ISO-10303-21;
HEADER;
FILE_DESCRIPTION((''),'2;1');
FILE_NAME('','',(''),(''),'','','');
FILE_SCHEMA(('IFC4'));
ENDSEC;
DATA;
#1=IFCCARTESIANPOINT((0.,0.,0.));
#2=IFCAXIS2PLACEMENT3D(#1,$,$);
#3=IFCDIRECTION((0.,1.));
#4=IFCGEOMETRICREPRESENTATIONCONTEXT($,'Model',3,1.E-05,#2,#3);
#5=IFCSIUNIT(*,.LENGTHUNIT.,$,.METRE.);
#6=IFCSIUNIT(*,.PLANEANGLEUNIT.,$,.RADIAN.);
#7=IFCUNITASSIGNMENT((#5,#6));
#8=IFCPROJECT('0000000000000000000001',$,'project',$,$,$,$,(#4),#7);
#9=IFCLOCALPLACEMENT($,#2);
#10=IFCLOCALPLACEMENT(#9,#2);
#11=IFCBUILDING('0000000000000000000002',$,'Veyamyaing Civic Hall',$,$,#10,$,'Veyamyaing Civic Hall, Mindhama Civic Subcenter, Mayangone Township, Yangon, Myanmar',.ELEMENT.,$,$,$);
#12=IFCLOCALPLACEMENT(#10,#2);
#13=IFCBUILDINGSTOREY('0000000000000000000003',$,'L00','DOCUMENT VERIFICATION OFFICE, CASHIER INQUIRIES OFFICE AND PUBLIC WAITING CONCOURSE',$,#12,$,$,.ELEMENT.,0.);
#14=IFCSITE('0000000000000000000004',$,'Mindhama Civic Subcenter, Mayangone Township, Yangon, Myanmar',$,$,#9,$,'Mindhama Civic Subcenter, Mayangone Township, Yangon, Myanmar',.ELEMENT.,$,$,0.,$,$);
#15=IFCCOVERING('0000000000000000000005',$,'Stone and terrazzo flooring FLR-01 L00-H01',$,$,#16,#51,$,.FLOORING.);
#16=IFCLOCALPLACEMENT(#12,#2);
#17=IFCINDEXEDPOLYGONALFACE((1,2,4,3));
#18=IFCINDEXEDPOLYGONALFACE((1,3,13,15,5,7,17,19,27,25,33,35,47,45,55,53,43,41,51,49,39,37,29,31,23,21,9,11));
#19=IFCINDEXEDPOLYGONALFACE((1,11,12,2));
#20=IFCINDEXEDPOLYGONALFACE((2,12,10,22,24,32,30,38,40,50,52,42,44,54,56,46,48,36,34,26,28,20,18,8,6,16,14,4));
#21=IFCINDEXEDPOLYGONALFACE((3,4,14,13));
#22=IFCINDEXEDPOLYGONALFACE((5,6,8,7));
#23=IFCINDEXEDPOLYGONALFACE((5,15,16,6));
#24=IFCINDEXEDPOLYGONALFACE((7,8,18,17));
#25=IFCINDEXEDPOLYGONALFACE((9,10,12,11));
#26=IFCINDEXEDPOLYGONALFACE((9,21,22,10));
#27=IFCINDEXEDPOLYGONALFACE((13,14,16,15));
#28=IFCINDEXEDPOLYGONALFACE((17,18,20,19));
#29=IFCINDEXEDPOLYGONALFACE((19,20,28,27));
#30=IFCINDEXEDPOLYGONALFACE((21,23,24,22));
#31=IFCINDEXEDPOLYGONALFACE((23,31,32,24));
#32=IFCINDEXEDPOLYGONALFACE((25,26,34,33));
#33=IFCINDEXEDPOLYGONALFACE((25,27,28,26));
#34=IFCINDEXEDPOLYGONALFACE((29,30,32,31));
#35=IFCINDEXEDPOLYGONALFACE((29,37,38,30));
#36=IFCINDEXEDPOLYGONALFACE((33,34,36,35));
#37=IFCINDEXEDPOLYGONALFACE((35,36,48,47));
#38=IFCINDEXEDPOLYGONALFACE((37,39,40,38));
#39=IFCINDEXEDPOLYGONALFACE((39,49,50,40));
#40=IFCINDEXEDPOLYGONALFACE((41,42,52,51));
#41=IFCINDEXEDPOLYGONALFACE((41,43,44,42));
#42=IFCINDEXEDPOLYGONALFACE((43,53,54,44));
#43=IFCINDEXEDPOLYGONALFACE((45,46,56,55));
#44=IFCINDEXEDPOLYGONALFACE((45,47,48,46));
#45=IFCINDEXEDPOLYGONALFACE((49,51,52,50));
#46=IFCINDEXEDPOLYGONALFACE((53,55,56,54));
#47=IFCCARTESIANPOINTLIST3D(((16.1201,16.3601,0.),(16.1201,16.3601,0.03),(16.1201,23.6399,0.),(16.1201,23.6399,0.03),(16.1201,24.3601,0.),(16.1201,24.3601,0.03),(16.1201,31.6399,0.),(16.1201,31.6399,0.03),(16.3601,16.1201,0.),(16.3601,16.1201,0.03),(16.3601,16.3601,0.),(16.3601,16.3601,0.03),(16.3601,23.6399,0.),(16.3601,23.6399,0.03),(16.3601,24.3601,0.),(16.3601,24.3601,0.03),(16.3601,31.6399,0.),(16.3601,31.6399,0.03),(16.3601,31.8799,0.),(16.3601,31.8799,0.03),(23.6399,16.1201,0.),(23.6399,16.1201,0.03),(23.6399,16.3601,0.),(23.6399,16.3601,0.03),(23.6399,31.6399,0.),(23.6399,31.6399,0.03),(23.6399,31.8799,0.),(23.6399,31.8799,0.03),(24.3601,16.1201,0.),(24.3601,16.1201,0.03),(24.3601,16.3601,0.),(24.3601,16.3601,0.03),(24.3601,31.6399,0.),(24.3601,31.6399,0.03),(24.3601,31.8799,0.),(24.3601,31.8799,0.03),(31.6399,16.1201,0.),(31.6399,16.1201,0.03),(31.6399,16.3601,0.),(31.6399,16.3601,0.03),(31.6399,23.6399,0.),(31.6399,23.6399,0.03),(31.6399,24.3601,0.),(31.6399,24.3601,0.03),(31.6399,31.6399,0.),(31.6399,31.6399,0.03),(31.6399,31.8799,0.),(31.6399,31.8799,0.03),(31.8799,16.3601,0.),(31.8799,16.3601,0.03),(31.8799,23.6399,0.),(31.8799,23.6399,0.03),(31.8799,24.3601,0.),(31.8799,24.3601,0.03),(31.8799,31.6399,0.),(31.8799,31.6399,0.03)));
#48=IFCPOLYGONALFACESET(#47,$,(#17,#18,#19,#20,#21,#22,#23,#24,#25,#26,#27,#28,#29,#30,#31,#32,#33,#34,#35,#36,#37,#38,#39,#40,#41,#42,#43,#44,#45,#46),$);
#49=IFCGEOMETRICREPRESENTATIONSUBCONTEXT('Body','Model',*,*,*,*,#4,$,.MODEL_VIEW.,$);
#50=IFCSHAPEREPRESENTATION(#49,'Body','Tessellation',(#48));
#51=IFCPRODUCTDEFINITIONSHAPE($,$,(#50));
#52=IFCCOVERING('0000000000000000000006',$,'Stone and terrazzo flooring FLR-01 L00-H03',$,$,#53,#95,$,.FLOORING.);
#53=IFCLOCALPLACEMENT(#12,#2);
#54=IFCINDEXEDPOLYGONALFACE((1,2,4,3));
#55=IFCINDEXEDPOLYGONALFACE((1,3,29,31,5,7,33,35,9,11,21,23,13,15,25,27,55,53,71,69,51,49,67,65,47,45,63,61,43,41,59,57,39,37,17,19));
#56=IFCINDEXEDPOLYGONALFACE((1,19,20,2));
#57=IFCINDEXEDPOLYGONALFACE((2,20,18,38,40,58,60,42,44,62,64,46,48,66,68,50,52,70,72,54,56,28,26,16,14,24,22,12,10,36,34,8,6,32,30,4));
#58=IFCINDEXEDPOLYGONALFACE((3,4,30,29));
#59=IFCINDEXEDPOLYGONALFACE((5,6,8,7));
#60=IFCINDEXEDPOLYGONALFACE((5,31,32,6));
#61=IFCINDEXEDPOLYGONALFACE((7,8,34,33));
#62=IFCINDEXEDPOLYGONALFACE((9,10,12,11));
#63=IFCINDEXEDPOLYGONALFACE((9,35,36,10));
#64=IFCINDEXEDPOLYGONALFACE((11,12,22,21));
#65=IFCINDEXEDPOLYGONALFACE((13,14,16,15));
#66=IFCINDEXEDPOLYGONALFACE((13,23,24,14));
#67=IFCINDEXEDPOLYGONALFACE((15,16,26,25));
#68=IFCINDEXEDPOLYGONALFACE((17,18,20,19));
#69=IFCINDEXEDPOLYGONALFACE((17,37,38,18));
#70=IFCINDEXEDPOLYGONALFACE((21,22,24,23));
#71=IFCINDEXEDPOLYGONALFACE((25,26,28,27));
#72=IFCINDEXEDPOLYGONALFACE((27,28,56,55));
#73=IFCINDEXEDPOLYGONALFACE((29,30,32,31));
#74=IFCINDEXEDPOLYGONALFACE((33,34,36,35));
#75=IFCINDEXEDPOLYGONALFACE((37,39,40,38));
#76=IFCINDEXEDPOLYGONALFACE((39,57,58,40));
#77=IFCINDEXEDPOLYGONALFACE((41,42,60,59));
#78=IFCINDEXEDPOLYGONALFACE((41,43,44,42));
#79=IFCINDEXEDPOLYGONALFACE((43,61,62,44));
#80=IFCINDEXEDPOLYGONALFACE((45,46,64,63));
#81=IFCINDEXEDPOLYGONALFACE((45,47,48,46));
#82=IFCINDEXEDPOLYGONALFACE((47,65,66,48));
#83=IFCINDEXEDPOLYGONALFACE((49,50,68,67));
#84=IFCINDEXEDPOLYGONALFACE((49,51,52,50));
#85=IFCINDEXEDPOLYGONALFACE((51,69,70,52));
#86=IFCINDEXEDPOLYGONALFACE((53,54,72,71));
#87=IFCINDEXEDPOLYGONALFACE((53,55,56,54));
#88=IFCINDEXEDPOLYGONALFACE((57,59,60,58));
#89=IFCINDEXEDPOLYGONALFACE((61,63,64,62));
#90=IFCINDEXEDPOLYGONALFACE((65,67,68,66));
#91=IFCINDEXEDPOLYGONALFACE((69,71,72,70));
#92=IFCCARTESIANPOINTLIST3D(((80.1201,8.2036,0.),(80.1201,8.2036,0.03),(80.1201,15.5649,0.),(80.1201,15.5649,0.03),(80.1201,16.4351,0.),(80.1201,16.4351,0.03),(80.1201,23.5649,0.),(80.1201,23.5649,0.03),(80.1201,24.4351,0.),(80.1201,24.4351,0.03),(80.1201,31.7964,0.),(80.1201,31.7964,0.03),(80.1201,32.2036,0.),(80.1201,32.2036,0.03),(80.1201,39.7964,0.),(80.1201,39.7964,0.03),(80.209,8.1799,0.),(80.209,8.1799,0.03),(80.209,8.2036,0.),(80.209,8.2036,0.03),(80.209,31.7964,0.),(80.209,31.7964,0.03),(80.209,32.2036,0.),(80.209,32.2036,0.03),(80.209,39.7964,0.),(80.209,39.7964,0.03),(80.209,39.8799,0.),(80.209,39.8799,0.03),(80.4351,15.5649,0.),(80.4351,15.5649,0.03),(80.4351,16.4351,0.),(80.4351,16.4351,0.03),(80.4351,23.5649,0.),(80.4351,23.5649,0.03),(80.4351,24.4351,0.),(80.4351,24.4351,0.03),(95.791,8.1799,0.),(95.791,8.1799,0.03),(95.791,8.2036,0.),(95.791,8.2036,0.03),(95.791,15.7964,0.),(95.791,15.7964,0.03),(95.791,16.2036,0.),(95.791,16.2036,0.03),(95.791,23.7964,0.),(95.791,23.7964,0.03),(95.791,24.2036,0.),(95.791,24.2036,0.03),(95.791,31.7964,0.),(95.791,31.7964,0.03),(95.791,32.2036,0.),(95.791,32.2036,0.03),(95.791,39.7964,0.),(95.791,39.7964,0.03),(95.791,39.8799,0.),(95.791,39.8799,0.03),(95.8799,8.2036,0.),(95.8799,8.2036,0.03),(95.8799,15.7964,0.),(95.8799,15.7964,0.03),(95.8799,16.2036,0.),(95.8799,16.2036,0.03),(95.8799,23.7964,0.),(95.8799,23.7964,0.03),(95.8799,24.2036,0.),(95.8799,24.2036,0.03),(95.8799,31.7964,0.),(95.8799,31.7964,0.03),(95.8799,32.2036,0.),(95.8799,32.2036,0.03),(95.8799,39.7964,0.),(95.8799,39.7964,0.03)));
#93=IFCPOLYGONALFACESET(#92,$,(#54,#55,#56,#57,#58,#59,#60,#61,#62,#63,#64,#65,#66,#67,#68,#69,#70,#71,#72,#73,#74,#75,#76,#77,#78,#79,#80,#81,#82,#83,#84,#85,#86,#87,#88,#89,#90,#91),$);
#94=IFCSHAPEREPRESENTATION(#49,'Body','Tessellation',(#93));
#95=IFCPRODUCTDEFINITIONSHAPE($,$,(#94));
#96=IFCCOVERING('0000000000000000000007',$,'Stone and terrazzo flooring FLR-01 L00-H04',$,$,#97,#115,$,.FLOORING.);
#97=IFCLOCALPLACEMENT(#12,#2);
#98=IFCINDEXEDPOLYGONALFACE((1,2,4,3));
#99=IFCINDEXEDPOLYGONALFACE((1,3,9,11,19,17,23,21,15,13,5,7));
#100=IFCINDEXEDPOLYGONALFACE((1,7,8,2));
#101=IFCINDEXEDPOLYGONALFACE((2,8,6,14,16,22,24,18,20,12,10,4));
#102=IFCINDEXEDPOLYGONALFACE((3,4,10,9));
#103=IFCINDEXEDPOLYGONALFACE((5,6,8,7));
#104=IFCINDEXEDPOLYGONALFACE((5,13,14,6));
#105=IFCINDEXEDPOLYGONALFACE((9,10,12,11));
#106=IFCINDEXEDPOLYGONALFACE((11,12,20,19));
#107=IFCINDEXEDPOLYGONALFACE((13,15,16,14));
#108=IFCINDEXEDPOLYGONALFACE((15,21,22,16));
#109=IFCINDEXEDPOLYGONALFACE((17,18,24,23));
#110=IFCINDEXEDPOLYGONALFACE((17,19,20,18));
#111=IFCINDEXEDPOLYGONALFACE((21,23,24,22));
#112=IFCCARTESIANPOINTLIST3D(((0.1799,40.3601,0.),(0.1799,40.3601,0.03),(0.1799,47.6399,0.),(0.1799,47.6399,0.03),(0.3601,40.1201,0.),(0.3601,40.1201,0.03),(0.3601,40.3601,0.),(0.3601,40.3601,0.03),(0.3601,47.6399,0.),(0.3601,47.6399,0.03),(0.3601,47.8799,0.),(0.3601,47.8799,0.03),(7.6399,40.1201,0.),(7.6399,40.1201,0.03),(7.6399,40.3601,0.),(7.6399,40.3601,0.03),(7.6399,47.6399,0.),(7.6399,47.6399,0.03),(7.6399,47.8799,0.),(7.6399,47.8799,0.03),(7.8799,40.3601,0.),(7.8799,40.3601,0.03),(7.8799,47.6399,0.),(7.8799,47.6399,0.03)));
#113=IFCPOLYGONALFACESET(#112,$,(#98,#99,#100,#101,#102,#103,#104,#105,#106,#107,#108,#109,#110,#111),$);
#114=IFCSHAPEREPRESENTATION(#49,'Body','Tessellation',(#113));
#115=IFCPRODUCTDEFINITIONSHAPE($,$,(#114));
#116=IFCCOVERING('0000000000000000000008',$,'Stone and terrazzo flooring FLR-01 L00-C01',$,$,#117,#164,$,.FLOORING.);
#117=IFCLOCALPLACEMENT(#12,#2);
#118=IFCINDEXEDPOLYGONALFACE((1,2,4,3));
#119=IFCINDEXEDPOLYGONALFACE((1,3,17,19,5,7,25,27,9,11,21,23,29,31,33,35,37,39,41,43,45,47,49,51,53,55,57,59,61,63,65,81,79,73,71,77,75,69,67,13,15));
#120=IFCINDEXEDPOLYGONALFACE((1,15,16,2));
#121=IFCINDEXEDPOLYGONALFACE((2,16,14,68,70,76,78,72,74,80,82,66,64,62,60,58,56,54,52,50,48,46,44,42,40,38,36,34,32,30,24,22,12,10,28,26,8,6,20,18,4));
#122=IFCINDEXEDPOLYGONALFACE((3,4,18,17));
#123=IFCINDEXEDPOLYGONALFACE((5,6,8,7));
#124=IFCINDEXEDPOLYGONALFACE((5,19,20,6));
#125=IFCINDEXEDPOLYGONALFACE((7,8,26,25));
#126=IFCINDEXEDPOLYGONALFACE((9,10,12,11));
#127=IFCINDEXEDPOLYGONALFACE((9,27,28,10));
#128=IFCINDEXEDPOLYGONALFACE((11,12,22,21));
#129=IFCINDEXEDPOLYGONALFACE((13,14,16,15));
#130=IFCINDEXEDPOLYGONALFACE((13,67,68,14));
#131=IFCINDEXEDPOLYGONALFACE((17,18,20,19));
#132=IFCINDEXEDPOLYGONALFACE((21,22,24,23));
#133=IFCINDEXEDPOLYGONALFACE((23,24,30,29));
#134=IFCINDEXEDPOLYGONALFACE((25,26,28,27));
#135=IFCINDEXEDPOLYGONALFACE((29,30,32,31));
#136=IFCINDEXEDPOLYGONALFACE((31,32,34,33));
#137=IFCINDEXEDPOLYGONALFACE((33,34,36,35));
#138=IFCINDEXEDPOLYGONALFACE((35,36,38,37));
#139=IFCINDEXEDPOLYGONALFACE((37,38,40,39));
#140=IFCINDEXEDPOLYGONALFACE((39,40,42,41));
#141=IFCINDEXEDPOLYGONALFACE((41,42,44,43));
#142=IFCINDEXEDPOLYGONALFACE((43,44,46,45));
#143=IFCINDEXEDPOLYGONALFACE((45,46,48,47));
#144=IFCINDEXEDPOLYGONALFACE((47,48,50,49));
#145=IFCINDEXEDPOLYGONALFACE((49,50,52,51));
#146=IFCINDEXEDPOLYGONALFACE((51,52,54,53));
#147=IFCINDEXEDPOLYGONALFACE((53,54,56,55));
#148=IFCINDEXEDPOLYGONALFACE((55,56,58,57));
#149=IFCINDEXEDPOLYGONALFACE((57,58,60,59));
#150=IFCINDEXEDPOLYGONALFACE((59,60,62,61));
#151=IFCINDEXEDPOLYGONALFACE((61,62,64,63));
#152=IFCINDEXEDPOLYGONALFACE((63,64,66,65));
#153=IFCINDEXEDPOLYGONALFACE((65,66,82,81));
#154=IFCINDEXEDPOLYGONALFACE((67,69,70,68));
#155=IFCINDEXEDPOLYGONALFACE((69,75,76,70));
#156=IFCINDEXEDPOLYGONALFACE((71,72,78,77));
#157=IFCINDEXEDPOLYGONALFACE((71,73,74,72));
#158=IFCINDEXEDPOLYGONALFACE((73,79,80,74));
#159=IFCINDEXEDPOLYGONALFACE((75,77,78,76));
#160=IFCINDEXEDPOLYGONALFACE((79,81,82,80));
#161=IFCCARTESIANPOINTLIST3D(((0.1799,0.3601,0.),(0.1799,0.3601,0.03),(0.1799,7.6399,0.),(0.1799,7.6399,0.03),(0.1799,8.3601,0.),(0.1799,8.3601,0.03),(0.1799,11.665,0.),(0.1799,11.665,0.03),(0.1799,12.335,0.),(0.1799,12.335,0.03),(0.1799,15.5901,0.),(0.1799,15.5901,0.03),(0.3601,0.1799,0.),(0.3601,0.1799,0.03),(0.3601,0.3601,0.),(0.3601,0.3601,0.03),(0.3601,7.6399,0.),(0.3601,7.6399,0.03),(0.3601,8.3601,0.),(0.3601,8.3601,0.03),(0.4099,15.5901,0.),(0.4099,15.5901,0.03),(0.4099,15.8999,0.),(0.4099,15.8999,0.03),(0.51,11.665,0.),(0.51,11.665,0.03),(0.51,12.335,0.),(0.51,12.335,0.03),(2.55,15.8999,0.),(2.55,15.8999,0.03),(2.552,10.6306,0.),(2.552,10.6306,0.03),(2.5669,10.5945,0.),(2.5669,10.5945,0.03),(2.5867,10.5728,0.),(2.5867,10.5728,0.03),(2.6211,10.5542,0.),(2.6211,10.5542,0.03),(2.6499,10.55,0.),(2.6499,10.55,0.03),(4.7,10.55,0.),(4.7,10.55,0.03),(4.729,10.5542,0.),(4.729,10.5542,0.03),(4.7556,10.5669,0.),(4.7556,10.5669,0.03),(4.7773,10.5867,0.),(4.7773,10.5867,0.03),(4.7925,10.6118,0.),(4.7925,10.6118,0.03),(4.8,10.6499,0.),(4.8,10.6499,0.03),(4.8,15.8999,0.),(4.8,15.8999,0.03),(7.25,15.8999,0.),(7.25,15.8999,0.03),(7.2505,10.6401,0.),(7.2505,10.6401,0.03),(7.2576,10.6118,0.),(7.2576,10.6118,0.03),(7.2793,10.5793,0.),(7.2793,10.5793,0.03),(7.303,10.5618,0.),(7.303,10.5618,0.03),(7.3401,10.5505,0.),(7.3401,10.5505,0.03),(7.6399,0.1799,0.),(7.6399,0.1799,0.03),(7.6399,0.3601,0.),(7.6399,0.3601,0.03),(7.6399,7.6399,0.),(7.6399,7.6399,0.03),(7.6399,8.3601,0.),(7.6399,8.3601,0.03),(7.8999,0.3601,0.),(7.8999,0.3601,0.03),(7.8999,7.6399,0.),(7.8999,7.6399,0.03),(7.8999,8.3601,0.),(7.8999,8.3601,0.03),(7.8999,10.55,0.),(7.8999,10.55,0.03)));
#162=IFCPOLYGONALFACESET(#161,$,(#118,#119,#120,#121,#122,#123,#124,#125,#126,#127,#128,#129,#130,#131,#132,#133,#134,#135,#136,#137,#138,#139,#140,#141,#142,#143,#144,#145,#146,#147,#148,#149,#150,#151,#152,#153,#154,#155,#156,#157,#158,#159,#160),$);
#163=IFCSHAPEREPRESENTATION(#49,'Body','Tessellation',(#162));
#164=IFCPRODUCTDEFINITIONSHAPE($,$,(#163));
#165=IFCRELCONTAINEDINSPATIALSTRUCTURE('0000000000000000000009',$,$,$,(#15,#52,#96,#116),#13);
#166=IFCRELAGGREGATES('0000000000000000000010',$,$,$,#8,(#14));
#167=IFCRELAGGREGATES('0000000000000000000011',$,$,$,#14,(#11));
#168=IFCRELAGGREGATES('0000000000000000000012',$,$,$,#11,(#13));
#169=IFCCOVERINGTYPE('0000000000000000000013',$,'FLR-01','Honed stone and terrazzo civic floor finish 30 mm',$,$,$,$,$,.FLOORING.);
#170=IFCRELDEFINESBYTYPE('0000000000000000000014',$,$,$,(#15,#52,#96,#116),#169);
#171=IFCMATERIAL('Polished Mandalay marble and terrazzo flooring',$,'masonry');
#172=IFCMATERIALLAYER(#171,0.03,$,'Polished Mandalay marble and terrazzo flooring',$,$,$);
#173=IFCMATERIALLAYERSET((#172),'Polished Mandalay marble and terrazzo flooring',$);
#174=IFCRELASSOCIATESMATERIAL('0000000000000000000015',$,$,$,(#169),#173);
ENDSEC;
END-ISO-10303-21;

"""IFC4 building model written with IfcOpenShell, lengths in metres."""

from ifc_helpers import new_model, si_unit, direction, origin, place, context, subcontext, project, spatial, polyline, outline, extrude, material, layer, layer_set, type_object, element, save


model = new_model("IFC4")

# Units and contexts
model_context = context("Model", 3, precision=1e-05, world=origin(), true_north=direction((0.0, 1.0)))
body_context = subcontext(model_context, "Body", "Model", "MODEL_VIEW")
ifc_project = project(units=[si_unit("LENGTHUNIT", "METRE"), si_unit("PLANEANGLEUNIT", "RADIAN")], contexts=[model_context])

# Site, building, storey
site_placement = place(None, origin())
site = spatial("IfcSite", under=ifc_project, at=site_placement, Name="Mindhama Civic Subcenter, Mayangone Township, Yangon, Myanmar", LongName="Mindhama Civic Subcenter, Mayangone Township, Yangon, Myanmar", CompositionType="ELEMENT", RefElevation=0.0)
building_placement = place(site_placement, origin())
building = spatial("IfcBuilding", under=site, at=building_placement, Name="Veyamyaing Civic Hall", LongName="Veyamyaing Civic Hall, Mindhama Civic Subcenter, Mayangone Township, Yangon, Myanmar", CompositionType="ELEMENT")
storey_placement = place(building_placement, origin())
storey = spatial("IfcBuildingStorey", under=building, at=storey_placement, Name="L00", Description="DOCUMENT VERIFICATION OFFICE, CASHIER INQUIRIES OFFICE AND PUBLIC WAITING CONCOURSE", CompositionType="ELEMENT", Elevation=0.0)

# Coverings
ifc_material_1 = material(Name="Polished Mandalay marble and terrazzo flooring", Category="masonry")
ifc_layer_1 = layer(ifc_material_1, 0.03, Name="Polished Mandalay marble and terrazzo flooring")
ifc_layer_set_1 = layer_set([ifc_layer_1], Name="Polished Mandalay marble and terrazzo flooring")
covering_type_1 = type_object("IfcCoveringType", Name="FLR-01", Description="Honed stone and terrazzo civic floor finish 30 mm", PredefinedType="FLOORING", material=ifc_layer_set_1)
covering_1_placement = place(storey_placement, origin())
element("IfcCovering", 1, at=covering_1_placement, inside=storey, type_object=covering_type_1, Name="Stone and terrazzo flooring FLR-01 L00-H01", PredefinedType="FLOORING", context=body_context, shape_type="SweptSolid", body=[
    extrude(outline(polyline([(31.6399, 23.6399), (31.8799, 23.6399), (31.8799, 16.3601), (31.6399, 16.3601), (31.6399, 16.1201), (24.3601, 16.1201), (24.3601, 16.3601), (23.6399, 16.3601), (23.6399, 16.1201), (16.3601, 16.1201), (16.3601, 16.3601), (16.1201, 16.3601), (16.1201, 23.6399), (16.3601, 23.6399), (16.3601, 24.3601), (16.1201, 24.3601), (16.1201, 31.6399), (16.3601, 31.6399), (16.3601, 31.8799), (23.6399, 31.8799), (23.6399, 31.6399), (24.3601, 31.6399), (24.3601, 31.8799), (31.6399, 31.8799), (31.6399, 31.6399), (31.8799, 31.6399), (31.8799, 24.3601), (31.6399, 24.3601), (31.6399, 23.6399)])), origin(), (0.0, 0.0, 1.0), 0.03),
])
covering_2_placement = place(storey_placement, origin())
element("IfcCovering", 2, at=covering_2_placement, inside=storey, type_object=covering_type_1, Name="Stone and terrazzo flooring FLR-01 L00-H03", PredefinedType="FLOORING", context=body_context, shape_type="SweptSolid", body=[
    extrude(outline(polyline([(95.791, 31.7964), (95.8799, 31.7964), (95.8799, 24.2036), (95.791, 24.2036), (95.791, 23.7964), (95.8799, 23.7964), (95.8799, 16.2036), (95.791, 16.2036), (95.791, 15.7964), (95.8799, 15.7964), (95.8799, 8.2036), (95.791, 8.2036), (95.791, 8.1799), (80.209, 8.1799), (80.209, 8.2036), (80.1201, 8.2036), (80.1201, 15.5649), (80.4351, 15.5649), (80.4351, 16.4351), (80.1201, 16.4351), (80.1201, 23.5649), (80.4351, 23.5649), (80.4351, 24.4351), (80.1201, 24.4351), (80.1201, 31.7964), (80.209, 31.7964), (80.209, 32.2036), (80.1201, 32.2036), (80.1201, 39.7964), (80.209, 39.7964), (80.209, 39.8799), (95.791, 39.8799), (95.791, 39.7964), (95.8799, 39.7964), (95.8799, 32.2036), (95.791, 32.2036), (95.791, 31.7964)])), origin(), (0.0, 0.0, 1.0), 0.03),
])
covering_3_placement = place(storey_placement, origin())
element("IfcCovering", 3, at=covering_3_placement, inside=storey, type_object=covering_type_1, Name="Stone and terrazzo flooring FLR-01 L00-H04", PredefinedType="FLOORING", context=body_context, shape_type="SweptSolid", body=[
    extrude(outline(polyline([(0.3601, 47.8799), (7.6399, 47.8799), (7.6399, 47.6399), (7.8799, 47.6399), (7.8799, 40.3601), (7.6399, 40.3601), (7.6399, 40.1201), (0.3601, 40.1201), (0.3601, 40.3601), (0.1799, 40.3601), (0.1799, 47.6399), (0.3601, 47.6399), (0.3601, 47.8799)])), origin(), (0.0, 0.0, 1.0), 0.03),
])
covering_4_placement = place(storey_placement, origin())
element("IfcCovering", 4, at=covering_4_placement, inside=storey, type_object=covering_type_1, Name="Stone and terrazzo flooring FLR-01 L00-C01", PredefinedType="FLOORING", context=body_context, shape_type="SweptSolid", body=[
    extrude(outline(polyline([(2.5669, 10.5945), (2.5867, 10.5728), (2.6211, 10.5542), (2.6499, 10.55), (4.7, 10.55), (4.729, 10.5542), (4.7556, 10.5669), (4.7773, 10.5867), (4.7925, 10.6118), (4.8, 10.6499), (4.8, 15.8999), (7.25, 15.8999), (7.2505, 10.6401), (7.2576, 10.6118), (7.2793, 10.5793), (7.303, 10.5618), (7.3401, 10.5505), (7.8999, 10.55), (7.8999, 8.3601), (7.6399, 8.3601), (7.6399, 7.6399), (7.8999, 7.6399), (7.8999, 0.3601), (7.6399, 0.3601), (7.6399, 0.1799), (0.3601, 0.1799), (0.3601, 0.3601), (0.1799, 0.3601), (0.1799, 7.6399), (0.3601, 7.6399), (0.3601, 8.3601), (0.1799, 8.3601), (0.1799, 11.665), (0.51, 11.665), (0.51, 12.335), (0.1799, 12.335), (0.1799, 15.5901), (0.4099, 15.5901), (0.4099, 15.8999), (2.55, 15.8999), (2.552, 10.6306), (2.5669, 10.5945)])), origin(), (0.0, 0.0, 1.0), 0.03),
])

save(model, "model.ifc")
